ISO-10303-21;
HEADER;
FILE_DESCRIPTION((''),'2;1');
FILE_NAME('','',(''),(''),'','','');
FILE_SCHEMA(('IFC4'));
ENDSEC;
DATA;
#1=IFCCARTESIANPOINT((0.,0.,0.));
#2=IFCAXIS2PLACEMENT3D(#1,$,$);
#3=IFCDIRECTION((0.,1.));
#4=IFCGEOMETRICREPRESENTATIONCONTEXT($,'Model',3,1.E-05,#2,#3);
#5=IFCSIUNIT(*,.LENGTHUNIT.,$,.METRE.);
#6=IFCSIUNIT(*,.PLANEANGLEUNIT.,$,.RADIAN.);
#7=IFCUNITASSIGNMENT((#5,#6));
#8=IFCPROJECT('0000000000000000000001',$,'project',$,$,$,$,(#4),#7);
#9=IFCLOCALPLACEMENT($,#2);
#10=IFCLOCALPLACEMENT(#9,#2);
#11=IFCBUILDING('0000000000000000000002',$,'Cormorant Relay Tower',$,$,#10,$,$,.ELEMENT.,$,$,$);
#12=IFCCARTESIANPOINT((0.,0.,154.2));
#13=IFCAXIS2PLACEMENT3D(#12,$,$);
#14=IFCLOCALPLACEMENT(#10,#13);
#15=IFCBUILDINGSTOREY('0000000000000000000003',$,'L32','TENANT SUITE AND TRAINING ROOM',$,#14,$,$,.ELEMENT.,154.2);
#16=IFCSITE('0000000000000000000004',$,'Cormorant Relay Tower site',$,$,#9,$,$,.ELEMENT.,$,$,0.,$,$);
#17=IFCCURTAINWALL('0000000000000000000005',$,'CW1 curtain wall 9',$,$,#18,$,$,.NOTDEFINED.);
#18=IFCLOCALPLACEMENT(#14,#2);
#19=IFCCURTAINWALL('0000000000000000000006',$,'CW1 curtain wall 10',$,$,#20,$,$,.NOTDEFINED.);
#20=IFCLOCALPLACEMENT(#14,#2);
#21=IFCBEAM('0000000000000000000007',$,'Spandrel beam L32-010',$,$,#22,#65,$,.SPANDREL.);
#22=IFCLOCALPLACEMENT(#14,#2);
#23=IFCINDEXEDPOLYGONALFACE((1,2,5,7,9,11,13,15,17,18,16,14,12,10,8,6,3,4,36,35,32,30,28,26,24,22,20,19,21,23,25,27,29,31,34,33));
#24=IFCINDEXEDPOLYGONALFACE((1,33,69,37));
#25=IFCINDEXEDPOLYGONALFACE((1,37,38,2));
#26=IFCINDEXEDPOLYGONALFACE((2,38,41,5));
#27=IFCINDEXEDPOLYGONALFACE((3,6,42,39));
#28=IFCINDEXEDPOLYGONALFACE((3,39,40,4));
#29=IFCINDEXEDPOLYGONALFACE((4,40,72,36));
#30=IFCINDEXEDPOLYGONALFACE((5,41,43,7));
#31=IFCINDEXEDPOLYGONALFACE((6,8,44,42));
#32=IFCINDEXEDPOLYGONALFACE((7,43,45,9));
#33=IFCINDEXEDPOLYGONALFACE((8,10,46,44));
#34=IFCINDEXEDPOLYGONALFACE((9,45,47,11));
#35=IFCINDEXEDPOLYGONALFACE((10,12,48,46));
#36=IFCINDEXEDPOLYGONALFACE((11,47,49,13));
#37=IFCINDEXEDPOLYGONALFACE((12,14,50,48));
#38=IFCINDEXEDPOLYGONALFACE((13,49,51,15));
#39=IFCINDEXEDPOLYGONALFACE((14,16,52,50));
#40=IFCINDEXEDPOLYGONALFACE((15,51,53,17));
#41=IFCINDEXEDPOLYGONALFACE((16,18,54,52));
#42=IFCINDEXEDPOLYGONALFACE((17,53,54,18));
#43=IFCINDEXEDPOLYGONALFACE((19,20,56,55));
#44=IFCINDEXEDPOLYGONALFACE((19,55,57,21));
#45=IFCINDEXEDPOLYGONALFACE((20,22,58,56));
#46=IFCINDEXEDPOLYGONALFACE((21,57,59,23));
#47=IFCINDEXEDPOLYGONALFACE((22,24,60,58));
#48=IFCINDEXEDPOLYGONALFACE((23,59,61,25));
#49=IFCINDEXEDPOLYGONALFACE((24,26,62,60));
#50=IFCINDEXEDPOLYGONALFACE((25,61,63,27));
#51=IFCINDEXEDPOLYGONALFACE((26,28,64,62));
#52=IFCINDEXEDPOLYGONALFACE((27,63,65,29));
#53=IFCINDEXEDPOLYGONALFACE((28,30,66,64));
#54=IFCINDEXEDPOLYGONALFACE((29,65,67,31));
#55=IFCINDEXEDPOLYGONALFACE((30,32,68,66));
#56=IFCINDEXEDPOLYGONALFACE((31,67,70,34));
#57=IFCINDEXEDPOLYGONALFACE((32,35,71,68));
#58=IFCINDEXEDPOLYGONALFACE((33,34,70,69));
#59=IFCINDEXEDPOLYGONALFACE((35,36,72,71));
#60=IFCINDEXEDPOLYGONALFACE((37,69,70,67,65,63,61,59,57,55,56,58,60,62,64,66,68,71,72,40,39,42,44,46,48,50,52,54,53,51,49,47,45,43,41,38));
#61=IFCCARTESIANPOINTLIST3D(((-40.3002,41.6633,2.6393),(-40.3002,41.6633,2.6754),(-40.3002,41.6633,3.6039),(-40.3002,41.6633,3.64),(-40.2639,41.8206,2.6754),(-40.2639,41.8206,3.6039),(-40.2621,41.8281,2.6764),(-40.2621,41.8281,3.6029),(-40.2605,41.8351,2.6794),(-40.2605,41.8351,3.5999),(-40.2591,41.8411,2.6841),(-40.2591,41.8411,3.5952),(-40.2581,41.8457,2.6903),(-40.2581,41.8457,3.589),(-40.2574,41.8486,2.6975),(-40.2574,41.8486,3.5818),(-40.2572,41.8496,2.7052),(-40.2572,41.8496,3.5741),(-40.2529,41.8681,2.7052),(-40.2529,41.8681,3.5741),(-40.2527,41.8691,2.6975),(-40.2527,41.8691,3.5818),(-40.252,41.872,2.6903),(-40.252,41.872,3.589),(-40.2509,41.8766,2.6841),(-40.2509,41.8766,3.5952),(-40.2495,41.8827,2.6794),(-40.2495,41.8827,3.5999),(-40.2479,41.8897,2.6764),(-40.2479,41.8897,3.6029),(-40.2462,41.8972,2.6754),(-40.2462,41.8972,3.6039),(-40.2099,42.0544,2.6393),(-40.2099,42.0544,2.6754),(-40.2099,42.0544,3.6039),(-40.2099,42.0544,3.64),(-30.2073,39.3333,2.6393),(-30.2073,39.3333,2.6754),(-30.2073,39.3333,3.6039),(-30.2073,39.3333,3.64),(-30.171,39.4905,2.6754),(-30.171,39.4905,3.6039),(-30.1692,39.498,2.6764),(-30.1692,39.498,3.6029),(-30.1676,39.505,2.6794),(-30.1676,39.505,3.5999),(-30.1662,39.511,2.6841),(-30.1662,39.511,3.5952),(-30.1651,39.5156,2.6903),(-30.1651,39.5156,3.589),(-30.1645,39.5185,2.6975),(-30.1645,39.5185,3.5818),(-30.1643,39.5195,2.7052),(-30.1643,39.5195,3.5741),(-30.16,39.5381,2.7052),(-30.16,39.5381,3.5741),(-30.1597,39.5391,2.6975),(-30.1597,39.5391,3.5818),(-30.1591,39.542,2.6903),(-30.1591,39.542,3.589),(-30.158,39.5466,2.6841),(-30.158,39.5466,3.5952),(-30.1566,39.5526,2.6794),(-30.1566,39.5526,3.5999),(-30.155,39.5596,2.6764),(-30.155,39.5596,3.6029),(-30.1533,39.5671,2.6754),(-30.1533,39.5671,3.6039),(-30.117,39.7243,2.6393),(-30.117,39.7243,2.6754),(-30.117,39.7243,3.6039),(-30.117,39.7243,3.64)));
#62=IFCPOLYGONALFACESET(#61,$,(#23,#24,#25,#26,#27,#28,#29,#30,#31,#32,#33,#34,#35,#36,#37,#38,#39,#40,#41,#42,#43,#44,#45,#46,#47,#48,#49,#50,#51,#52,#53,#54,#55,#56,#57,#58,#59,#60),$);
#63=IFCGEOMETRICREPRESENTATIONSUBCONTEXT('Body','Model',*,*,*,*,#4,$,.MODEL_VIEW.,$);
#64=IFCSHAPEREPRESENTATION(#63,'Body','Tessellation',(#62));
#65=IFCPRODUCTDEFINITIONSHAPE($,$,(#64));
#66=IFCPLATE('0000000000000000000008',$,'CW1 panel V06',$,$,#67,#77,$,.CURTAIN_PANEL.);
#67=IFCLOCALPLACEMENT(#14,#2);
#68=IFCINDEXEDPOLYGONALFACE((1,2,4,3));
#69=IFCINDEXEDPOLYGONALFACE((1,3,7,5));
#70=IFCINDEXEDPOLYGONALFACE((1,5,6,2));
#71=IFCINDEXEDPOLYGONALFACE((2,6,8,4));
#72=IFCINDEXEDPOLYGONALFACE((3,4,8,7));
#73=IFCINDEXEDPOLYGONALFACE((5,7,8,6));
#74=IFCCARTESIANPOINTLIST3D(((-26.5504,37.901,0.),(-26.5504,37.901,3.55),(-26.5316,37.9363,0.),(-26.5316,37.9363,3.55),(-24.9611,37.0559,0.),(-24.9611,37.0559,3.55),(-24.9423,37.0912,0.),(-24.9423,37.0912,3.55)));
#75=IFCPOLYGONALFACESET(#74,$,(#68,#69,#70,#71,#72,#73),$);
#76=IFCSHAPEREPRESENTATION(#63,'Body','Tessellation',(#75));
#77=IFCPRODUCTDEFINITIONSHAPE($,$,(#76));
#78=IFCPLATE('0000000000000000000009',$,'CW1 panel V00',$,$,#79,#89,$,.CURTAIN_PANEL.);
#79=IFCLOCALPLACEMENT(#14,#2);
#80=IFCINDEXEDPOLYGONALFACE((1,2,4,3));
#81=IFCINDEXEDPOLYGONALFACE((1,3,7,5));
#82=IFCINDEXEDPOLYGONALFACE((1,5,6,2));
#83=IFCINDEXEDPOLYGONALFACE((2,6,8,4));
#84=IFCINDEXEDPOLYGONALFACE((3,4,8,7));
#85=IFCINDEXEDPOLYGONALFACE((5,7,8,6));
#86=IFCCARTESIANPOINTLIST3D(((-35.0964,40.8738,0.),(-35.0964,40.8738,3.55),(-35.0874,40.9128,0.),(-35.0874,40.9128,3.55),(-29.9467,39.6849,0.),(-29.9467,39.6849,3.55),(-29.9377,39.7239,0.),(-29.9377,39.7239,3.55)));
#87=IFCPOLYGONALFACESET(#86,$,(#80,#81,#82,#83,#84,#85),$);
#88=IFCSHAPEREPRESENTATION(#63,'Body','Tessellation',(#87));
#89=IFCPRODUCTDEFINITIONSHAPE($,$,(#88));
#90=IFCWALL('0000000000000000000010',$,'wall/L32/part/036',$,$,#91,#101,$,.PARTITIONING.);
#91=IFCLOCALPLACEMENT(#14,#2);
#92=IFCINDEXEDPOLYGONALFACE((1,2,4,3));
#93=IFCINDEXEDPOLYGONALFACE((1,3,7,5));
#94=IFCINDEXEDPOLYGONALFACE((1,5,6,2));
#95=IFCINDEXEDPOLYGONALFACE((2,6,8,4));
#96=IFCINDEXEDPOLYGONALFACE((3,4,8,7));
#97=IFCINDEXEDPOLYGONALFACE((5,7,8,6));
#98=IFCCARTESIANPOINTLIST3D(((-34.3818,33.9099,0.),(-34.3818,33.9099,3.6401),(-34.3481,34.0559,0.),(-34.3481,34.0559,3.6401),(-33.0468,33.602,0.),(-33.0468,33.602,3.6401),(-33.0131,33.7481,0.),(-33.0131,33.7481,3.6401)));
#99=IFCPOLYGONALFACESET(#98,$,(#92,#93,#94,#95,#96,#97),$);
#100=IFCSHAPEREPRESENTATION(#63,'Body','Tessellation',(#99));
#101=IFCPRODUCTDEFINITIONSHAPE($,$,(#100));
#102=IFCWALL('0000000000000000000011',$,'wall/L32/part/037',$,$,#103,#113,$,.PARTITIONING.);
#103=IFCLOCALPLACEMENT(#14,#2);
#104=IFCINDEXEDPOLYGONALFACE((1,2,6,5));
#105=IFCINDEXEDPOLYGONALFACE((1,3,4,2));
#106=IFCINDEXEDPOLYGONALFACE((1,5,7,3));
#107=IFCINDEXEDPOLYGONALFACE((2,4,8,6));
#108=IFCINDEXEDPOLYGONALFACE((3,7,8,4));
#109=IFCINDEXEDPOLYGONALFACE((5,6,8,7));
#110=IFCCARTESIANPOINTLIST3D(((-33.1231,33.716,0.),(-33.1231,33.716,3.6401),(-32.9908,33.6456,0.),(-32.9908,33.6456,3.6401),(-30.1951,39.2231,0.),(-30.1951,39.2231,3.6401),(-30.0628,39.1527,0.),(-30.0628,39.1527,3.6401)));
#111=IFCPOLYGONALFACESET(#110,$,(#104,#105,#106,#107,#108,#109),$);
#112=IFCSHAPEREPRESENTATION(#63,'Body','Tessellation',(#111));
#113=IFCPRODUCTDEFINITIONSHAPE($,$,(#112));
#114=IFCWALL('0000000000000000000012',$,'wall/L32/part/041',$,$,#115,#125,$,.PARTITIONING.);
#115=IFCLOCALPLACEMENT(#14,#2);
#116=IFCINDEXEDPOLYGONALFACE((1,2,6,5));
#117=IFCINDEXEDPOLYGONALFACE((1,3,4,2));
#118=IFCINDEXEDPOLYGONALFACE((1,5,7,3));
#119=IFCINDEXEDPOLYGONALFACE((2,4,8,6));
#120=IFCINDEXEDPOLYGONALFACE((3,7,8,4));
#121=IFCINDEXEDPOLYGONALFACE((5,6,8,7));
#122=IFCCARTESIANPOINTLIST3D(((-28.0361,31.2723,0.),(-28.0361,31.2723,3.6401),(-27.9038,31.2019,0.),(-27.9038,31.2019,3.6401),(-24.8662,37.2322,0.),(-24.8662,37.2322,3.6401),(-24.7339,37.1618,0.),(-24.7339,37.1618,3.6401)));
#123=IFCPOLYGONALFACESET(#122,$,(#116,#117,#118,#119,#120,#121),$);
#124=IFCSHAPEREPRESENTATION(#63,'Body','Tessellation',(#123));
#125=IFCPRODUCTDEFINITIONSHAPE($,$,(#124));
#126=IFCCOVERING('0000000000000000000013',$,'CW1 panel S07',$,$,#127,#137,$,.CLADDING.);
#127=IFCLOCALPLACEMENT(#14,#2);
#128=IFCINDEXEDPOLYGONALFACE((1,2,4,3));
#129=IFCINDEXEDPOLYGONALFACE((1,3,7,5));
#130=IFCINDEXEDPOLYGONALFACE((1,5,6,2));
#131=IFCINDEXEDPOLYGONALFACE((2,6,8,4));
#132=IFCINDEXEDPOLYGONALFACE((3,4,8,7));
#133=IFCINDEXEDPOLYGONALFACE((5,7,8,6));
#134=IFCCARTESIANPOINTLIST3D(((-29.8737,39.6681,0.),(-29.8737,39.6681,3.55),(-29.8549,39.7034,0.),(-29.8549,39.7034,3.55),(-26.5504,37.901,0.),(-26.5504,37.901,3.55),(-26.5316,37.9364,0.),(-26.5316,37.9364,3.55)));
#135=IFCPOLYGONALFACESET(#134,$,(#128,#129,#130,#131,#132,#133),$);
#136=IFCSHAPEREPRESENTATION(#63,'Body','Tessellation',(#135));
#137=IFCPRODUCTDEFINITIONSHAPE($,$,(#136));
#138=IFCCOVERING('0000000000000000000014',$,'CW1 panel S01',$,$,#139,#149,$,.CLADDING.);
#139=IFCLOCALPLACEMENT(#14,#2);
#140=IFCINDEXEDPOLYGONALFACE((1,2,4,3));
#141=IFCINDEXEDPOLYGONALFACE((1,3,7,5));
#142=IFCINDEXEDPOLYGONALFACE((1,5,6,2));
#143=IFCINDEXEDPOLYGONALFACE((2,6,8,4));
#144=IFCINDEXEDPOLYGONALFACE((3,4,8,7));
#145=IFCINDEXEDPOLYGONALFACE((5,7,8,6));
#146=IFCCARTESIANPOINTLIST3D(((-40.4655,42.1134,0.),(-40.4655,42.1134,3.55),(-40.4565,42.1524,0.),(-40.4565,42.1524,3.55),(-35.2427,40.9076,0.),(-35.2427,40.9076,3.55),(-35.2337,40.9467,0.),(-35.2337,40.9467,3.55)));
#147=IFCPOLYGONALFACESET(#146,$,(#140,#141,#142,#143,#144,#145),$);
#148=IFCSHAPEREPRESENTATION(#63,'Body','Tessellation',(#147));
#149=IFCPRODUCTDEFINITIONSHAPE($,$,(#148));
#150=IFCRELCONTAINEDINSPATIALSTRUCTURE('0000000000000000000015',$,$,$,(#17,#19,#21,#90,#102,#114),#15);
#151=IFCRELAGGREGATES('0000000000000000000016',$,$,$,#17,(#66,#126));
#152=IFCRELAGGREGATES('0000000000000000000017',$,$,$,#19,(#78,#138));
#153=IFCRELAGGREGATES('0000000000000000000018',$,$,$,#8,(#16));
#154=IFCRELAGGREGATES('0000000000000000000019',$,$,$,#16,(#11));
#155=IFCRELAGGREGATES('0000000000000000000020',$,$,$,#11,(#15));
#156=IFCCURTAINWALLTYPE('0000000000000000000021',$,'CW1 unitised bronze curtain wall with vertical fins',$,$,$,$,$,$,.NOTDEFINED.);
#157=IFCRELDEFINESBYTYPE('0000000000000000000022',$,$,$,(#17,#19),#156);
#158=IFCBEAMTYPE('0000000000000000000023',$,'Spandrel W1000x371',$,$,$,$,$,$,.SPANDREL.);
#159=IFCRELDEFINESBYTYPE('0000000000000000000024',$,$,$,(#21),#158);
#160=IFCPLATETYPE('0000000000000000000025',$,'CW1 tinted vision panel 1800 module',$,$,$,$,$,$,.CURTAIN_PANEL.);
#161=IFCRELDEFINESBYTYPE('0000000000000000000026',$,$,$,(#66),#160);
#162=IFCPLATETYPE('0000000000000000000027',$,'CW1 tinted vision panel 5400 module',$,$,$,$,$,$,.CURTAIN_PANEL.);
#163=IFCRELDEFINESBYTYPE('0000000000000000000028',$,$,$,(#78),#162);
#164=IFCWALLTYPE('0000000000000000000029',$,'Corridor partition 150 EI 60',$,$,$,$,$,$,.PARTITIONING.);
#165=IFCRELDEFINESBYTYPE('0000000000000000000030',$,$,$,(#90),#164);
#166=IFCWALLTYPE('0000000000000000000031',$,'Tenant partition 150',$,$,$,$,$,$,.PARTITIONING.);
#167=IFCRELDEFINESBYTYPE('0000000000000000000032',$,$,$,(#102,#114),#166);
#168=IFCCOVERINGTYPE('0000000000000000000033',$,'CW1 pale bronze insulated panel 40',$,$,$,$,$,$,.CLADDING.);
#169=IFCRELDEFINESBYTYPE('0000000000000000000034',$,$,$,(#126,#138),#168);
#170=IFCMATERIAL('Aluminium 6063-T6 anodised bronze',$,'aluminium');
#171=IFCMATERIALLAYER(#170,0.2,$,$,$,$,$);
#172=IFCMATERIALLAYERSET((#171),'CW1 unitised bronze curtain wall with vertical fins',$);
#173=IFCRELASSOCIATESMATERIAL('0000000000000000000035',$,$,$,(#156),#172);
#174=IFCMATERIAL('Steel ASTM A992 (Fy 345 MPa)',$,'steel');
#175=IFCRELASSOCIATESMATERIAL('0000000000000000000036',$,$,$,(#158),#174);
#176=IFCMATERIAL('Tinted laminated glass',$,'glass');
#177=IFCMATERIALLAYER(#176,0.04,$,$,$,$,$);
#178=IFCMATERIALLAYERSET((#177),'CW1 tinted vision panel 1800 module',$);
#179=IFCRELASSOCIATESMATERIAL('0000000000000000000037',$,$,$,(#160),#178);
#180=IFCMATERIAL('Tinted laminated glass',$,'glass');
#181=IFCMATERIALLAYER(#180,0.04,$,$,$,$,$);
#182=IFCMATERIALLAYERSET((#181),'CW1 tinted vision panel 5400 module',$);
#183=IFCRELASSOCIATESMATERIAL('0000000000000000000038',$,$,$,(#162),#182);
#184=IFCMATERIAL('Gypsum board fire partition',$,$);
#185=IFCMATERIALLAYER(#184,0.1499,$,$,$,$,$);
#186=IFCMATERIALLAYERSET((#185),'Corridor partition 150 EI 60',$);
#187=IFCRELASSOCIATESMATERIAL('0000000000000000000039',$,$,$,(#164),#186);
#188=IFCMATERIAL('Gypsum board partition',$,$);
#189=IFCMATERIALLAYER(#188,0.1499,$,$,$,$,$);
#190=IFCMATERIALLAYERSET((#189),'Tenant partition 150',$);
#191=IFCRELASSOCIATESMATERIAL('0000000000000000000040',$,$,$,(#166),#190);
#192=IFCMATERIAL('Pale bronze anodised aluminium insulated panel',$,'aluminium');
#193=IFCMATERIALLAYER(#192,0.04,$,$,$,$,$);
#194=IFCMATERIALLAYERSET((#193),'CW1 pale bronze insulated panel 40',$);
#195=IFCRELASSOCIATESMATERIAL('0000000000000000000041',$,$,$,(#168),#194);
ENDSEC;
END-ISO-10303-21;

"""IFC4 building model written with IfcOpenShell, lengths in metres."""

from ifc_helpers import new_model, si_unit, direction, frame, frame_2d, origin, origin_2d, place, context, subcontext, project, spatial, rectangle, i_section, extrude, material, layer, layer_set, material_profile, profile_set, type_object, element, aggregate, save


model = new_model("IFC4")

# Units and contexts
model_context = context("Model", 3, precision=1e-05, world=origin(), true_north=direction((0.0, 1.0)))
body_context = subcontext(model_context, "Body", "Model", "MODEL_VIEW")
ifc_project = project(units=[si_unit("LENGTHUNIT", "METRE"), si_unit("PLANEANGLEUNIT", "RADIAN")], contexts=[model_context])

# Site, building, storey
site_placement = place(None, origin())
site = spatial("IfcSite", under=ifc_project, at=site_placement, Name="Cormorant Relay Tower site", CompositionType="ELEMENT", RefElevation=0.0)
building_placement = place(site_placement, origin())
building = spatial("IfcBuilding", under=site, at=building_placement, Name="Cormorant Relay Tower", CompositionType="ELEMENT")
storey_placement = place(building_placement, frame((0.0, 0.0, 154.2)))
storey = spatial("IfcBuildingStorey", under=building, at=storey_placement, Name="L32", Description="TENANT SUITE AND TRAINING ROOM", CompositionType="ELEMENT", Elevation=154.2)

# Curtain wall
ifc_material_1 = material(Name="Aluminium 6063-T6 anodised bronze", Category="aluminium")
ifc_layer_1 = layer(ifc_material_1, 0.2)
ifc_layer_set_1 = layer_set([ifc_layer_1], Name="CW1 unitised bronze curtain wall with vertical fins")
curtain_wall_type = type_object("IfcCurtainWallType", Name="CW1 unitised bronze curtain wall with vertical fins", PredefinedType="NOTDEFINED", material=ifc_layer_set_1)
curtain_wall_1_placement = place(storey_placement, origin())
curtain_wall_1 = element("IfcCurtainWall", 1, at=curtain_wall_1_placement, inside=storey, type_object=curtain_wall_type, Name="CW1 curtain wall 9", PredefinedType="NOTDEFINED")

# Curtain wall
curtain_wall_2_placement = place(storey_placement, origin())
curtain_wall_2 = element("IfcCurtainWall", 2, at=curtain_wall_2_placement, inside=storey, type_object=curtain_wall_type, Name="CW1 curtain wall 10", PredefinedType="NOTDEFINED")

# Beam
ifc_material_2 = material(Name="Steel ASTM A992 (Fy 345 MPa)", Category="steel")
ifc_material_profile_1 = material_profile(ifc_material_2, i_section(OverallWidth=0.4014, OverallDepth=1.0007, WebThickness=0.019, FlangeThickness=0.0361, FilletRadius=0.0298, at=origin_2d()), Name="W1000x371")
ifc_profile_set_1 = profile_set([ifc_material_profile_1], Name="Steel ASTM A992 (Fy 345 MPa)")
beam_type = type_object("IfcBeamType", Name="Spandrel W1000x371", PredefinedType="SPANDREL", material=ifc_profile_set_1)
beam_placement = place(storey_placement, frame((-30.1621, 39.5288, 3.1396), z_axis=(-0.974372, 0.224944, 0.0), x_axis=(-0.224944, -0.974372, 0.0)))
element("IfcBeam", 3, at=beam_placement, inside=storey, type_object=beam_type, Name="Spandrel beam L32-010", PredefinedType="SPANDREL", context=body_context, shape_type="SweptSolid", body=[
    extrude(i_section(OverallWidth=0.4014, OverallDepth=1.0007, WebThickness=0.019, FlangeThickness=0.0361, FilletRadius=0.0298, at=origin_2d()), origin(), (0.0, 0.0, 1.0), 10.3584),
])

# Plates
ifc_material_3 = material(Name="Tinted laminated glass", Category="glass")
ifc_layer_2 = layer(ifc_material_3, 0.04)
ifc_layer_set_2 = layer_set([ifc_layer_2], Name="CW1 tinted vision panel 1800 module")
plate_type_1 = type_object("IfcPlateType", Name="CW1 tinted vision panel 1800 module", PredefinedType="CURTAIN_PANEL", material=ifc_layer_set_2)
plate_1_placement = place(storey_placement, frame((-25.7463, 37.4961, 0.0), z_axis=(0.0, 0.0, 1.0), x_axis=(-0.882948, 0.469472, 0.0)))
plate_1 = element("IfcPlate", 4, at=plate_1_placement, type_object=plate_type_1, Name="CW1 panel V06", PredefinedType="CURTAIN_PANEL", context=body_context, shape_type="SweptSolid", body=[
    extrude(rectangle(XDim=1.8, YDim=0.04, at=origin_2d()), origin(), (0.0, 0.0, 1.0), 3.55),
])
ifc_material_4 = material(Name="Tinted laminated glass", Category="glass")
ifc_layer_3 = layer(ifc_material_4, 0.04)
ifc_layer_set_3 = layer_set([ifc_layer_3], Name="CW1 tinted vision panel 5400 module")
plate_type_2 = type_object("IfcPlateType", Name="CW1 tinted vision panel 5400 module", PredefinedType="CURTAIN_PANEL", material=ifc_layer_set_3)
plate_2_placement = place(storey_placement, frame((-32.5171, 40.2988, 0.0), z_axis=(0.0, 0.0, 1.0), x_axis=(-0.97437, 0.224951, 0.0)))
plate_2 = element("IfcPlate", 5, at=plate_2_placement, type_object=plate_type_2, Name="CW1 panel V00", PredefinedType="CURTAIN_PANEL", context=body_context, shape_type="SweptSolid", body=[
    extrude(rectangle(XDim=5.2852, YDim=0.04, at=origin_2d()), origin(), (0.0, 0.0, 1.0), 3.55),
])

# Walls
ifc_material_5 = material(Name="Gypsum board fire partition")
ifc_layer_4 = layer(ifc_material_5, 0.1499)
ifc_layer_set_4 = layer_set([ifc_layer_4], Name="Corridor partition 150 EI 60")
wall_type_1 = type_object("IfcWallType", Name="Corridor partition 150 EI 60", PredefinedType="PARTITIONING", material=ifc_layer_set_4)
wall_1_placement = place(storey_placement, frame((-34.365, 33.9829, 0.0), z_axis=(0.0, 0.0, 1.0), x_axis=(0.974424, -0.224716, 0.0)))
element("IfcWall", 6, at=wall_1_placement, inside=storey, type_object=wall_type_1, Name="wall/L32/part/036", PredefinedType="PARTITIONING", context=body_context, shape_type="SweptSolid", body=[
    extrude(rectangle(XDim=1.3701, YDim=0.1499, at=frame_2d((0.6851, 0.0))), origin(), (0.0, 0.0, 1.0), 3.6401),
])
ifc_material_6 = material(Name="Gypsum board partition")
ifc_layer_5 = layer(ifc_material_6, 0.1499)
ifc_layer_set_5 = layer_set([ifc_layer_5], Name="Tenant partition 150")
wall_type_2 = type_object("IfcWallType", Name="Tenant partition 150", PredefinedType="PARTITIONING", material=ifc_layer_set_5)
wall_2_placement = place(storey_placement, frame((-30.1289, 39.188, 0.0), z_axis=(0.0, 0.0, 1.0), x_axis=(-0.469448, -0.88296, 0.0)))
element("IfcWall", 7, at=wall_2_placement, inside=storey, type_object=wall_type_2, Name="wall/L32/part/037", PredefinedType="PARTITIONING", context=body_context, shape_type="SweptSolid", body=[
    extrude(rectangle(XDim=6.2371, YDim=0.1499, at=frame_2d((3.1187, 0.0))), origin(), (0.0, 0.0, 1.0), 3.6401),
])
wall_3_placement = place(storey_placement, frame((-24.8, 37.197, 0.0), z_axis=(0.0, 0.0, 1.0), x_axis=(-0.469582, -0.882889, 0.0)))
element("IfcWall", 8, at=wall_3_placement, inside=storey, type_object=wall_type_2, Name="wall/L32/part/041", PredefinedType="PARTITIONING", context=body_context, shape_type="SweptSolid", body=[
    extrude(rectangle(XDim=6.7505, YDim=0.1499, at=frame_2d((3.3752, 0.0))), origin(), (0.0, 0.0, 1.0), 3.6401),
])

# Coverings
ifc_material_7 = material(Name="Pale bronze anodised aluminium insulated panel", Category="aluminium")
ifc_layer_6 = layer(ifc_material_7, 0.04)
ifc_layer_set_6 = layer_set([ifc_layer_6], Name="CW1 pale bronze insulated panel 40")
covering_type = type_object("IfcCoveringType", Name="CW1 pale bronze insulated panel 40", PredefinedType="CLADDING", material=ifc_layer_set_6)
covering_1_placement = place(storey_placement, frame((-28.2026, 38.8022, 0.0), z_axis=(0.0, 0.0, 1.0), x_axis=(-0.882948, 0.469472, 0.0)))
covering_1 = element("IfcCovering", 9, at=covering_1_placement, type_object=covering_type, Name="CW1 panel S07", PredefinedType="CLADDING", context=body_context, shape_type="SweptSolid", body=[
    extrude(rectangle(XDim=3.7639, YDim=0.04, at=origin_2d()), origin(), (0.0, 0.0, 1.0), 3.55),
])
aggregate(curtain_wall_1, [plate_1, covering_1])
covering_2_placement = place(storey_placement, frame((-37.8496, 41.53, 0.0), z_axis=(0.0, 0.0, 1.0), x_axis=(-0.97437, 0.224951, 0.0)))
covering_2 = element("IfcCovering", 10, at=covering_2_placement, type_object=covering_type, Name="CW1 panel S01", PredefinedType="CLADDING", context=body_context, shape_type="SweptSolid", body=[
    extrude(rectangle(XDim=5.3601, YDim=0.04, at=origin_2d()), origin(), (0.0, 0.0, 1.0), 3.55),
])
aggregate(curtain_wall_2, [plate_2, covering_2])

save(model, "model.ifc")
